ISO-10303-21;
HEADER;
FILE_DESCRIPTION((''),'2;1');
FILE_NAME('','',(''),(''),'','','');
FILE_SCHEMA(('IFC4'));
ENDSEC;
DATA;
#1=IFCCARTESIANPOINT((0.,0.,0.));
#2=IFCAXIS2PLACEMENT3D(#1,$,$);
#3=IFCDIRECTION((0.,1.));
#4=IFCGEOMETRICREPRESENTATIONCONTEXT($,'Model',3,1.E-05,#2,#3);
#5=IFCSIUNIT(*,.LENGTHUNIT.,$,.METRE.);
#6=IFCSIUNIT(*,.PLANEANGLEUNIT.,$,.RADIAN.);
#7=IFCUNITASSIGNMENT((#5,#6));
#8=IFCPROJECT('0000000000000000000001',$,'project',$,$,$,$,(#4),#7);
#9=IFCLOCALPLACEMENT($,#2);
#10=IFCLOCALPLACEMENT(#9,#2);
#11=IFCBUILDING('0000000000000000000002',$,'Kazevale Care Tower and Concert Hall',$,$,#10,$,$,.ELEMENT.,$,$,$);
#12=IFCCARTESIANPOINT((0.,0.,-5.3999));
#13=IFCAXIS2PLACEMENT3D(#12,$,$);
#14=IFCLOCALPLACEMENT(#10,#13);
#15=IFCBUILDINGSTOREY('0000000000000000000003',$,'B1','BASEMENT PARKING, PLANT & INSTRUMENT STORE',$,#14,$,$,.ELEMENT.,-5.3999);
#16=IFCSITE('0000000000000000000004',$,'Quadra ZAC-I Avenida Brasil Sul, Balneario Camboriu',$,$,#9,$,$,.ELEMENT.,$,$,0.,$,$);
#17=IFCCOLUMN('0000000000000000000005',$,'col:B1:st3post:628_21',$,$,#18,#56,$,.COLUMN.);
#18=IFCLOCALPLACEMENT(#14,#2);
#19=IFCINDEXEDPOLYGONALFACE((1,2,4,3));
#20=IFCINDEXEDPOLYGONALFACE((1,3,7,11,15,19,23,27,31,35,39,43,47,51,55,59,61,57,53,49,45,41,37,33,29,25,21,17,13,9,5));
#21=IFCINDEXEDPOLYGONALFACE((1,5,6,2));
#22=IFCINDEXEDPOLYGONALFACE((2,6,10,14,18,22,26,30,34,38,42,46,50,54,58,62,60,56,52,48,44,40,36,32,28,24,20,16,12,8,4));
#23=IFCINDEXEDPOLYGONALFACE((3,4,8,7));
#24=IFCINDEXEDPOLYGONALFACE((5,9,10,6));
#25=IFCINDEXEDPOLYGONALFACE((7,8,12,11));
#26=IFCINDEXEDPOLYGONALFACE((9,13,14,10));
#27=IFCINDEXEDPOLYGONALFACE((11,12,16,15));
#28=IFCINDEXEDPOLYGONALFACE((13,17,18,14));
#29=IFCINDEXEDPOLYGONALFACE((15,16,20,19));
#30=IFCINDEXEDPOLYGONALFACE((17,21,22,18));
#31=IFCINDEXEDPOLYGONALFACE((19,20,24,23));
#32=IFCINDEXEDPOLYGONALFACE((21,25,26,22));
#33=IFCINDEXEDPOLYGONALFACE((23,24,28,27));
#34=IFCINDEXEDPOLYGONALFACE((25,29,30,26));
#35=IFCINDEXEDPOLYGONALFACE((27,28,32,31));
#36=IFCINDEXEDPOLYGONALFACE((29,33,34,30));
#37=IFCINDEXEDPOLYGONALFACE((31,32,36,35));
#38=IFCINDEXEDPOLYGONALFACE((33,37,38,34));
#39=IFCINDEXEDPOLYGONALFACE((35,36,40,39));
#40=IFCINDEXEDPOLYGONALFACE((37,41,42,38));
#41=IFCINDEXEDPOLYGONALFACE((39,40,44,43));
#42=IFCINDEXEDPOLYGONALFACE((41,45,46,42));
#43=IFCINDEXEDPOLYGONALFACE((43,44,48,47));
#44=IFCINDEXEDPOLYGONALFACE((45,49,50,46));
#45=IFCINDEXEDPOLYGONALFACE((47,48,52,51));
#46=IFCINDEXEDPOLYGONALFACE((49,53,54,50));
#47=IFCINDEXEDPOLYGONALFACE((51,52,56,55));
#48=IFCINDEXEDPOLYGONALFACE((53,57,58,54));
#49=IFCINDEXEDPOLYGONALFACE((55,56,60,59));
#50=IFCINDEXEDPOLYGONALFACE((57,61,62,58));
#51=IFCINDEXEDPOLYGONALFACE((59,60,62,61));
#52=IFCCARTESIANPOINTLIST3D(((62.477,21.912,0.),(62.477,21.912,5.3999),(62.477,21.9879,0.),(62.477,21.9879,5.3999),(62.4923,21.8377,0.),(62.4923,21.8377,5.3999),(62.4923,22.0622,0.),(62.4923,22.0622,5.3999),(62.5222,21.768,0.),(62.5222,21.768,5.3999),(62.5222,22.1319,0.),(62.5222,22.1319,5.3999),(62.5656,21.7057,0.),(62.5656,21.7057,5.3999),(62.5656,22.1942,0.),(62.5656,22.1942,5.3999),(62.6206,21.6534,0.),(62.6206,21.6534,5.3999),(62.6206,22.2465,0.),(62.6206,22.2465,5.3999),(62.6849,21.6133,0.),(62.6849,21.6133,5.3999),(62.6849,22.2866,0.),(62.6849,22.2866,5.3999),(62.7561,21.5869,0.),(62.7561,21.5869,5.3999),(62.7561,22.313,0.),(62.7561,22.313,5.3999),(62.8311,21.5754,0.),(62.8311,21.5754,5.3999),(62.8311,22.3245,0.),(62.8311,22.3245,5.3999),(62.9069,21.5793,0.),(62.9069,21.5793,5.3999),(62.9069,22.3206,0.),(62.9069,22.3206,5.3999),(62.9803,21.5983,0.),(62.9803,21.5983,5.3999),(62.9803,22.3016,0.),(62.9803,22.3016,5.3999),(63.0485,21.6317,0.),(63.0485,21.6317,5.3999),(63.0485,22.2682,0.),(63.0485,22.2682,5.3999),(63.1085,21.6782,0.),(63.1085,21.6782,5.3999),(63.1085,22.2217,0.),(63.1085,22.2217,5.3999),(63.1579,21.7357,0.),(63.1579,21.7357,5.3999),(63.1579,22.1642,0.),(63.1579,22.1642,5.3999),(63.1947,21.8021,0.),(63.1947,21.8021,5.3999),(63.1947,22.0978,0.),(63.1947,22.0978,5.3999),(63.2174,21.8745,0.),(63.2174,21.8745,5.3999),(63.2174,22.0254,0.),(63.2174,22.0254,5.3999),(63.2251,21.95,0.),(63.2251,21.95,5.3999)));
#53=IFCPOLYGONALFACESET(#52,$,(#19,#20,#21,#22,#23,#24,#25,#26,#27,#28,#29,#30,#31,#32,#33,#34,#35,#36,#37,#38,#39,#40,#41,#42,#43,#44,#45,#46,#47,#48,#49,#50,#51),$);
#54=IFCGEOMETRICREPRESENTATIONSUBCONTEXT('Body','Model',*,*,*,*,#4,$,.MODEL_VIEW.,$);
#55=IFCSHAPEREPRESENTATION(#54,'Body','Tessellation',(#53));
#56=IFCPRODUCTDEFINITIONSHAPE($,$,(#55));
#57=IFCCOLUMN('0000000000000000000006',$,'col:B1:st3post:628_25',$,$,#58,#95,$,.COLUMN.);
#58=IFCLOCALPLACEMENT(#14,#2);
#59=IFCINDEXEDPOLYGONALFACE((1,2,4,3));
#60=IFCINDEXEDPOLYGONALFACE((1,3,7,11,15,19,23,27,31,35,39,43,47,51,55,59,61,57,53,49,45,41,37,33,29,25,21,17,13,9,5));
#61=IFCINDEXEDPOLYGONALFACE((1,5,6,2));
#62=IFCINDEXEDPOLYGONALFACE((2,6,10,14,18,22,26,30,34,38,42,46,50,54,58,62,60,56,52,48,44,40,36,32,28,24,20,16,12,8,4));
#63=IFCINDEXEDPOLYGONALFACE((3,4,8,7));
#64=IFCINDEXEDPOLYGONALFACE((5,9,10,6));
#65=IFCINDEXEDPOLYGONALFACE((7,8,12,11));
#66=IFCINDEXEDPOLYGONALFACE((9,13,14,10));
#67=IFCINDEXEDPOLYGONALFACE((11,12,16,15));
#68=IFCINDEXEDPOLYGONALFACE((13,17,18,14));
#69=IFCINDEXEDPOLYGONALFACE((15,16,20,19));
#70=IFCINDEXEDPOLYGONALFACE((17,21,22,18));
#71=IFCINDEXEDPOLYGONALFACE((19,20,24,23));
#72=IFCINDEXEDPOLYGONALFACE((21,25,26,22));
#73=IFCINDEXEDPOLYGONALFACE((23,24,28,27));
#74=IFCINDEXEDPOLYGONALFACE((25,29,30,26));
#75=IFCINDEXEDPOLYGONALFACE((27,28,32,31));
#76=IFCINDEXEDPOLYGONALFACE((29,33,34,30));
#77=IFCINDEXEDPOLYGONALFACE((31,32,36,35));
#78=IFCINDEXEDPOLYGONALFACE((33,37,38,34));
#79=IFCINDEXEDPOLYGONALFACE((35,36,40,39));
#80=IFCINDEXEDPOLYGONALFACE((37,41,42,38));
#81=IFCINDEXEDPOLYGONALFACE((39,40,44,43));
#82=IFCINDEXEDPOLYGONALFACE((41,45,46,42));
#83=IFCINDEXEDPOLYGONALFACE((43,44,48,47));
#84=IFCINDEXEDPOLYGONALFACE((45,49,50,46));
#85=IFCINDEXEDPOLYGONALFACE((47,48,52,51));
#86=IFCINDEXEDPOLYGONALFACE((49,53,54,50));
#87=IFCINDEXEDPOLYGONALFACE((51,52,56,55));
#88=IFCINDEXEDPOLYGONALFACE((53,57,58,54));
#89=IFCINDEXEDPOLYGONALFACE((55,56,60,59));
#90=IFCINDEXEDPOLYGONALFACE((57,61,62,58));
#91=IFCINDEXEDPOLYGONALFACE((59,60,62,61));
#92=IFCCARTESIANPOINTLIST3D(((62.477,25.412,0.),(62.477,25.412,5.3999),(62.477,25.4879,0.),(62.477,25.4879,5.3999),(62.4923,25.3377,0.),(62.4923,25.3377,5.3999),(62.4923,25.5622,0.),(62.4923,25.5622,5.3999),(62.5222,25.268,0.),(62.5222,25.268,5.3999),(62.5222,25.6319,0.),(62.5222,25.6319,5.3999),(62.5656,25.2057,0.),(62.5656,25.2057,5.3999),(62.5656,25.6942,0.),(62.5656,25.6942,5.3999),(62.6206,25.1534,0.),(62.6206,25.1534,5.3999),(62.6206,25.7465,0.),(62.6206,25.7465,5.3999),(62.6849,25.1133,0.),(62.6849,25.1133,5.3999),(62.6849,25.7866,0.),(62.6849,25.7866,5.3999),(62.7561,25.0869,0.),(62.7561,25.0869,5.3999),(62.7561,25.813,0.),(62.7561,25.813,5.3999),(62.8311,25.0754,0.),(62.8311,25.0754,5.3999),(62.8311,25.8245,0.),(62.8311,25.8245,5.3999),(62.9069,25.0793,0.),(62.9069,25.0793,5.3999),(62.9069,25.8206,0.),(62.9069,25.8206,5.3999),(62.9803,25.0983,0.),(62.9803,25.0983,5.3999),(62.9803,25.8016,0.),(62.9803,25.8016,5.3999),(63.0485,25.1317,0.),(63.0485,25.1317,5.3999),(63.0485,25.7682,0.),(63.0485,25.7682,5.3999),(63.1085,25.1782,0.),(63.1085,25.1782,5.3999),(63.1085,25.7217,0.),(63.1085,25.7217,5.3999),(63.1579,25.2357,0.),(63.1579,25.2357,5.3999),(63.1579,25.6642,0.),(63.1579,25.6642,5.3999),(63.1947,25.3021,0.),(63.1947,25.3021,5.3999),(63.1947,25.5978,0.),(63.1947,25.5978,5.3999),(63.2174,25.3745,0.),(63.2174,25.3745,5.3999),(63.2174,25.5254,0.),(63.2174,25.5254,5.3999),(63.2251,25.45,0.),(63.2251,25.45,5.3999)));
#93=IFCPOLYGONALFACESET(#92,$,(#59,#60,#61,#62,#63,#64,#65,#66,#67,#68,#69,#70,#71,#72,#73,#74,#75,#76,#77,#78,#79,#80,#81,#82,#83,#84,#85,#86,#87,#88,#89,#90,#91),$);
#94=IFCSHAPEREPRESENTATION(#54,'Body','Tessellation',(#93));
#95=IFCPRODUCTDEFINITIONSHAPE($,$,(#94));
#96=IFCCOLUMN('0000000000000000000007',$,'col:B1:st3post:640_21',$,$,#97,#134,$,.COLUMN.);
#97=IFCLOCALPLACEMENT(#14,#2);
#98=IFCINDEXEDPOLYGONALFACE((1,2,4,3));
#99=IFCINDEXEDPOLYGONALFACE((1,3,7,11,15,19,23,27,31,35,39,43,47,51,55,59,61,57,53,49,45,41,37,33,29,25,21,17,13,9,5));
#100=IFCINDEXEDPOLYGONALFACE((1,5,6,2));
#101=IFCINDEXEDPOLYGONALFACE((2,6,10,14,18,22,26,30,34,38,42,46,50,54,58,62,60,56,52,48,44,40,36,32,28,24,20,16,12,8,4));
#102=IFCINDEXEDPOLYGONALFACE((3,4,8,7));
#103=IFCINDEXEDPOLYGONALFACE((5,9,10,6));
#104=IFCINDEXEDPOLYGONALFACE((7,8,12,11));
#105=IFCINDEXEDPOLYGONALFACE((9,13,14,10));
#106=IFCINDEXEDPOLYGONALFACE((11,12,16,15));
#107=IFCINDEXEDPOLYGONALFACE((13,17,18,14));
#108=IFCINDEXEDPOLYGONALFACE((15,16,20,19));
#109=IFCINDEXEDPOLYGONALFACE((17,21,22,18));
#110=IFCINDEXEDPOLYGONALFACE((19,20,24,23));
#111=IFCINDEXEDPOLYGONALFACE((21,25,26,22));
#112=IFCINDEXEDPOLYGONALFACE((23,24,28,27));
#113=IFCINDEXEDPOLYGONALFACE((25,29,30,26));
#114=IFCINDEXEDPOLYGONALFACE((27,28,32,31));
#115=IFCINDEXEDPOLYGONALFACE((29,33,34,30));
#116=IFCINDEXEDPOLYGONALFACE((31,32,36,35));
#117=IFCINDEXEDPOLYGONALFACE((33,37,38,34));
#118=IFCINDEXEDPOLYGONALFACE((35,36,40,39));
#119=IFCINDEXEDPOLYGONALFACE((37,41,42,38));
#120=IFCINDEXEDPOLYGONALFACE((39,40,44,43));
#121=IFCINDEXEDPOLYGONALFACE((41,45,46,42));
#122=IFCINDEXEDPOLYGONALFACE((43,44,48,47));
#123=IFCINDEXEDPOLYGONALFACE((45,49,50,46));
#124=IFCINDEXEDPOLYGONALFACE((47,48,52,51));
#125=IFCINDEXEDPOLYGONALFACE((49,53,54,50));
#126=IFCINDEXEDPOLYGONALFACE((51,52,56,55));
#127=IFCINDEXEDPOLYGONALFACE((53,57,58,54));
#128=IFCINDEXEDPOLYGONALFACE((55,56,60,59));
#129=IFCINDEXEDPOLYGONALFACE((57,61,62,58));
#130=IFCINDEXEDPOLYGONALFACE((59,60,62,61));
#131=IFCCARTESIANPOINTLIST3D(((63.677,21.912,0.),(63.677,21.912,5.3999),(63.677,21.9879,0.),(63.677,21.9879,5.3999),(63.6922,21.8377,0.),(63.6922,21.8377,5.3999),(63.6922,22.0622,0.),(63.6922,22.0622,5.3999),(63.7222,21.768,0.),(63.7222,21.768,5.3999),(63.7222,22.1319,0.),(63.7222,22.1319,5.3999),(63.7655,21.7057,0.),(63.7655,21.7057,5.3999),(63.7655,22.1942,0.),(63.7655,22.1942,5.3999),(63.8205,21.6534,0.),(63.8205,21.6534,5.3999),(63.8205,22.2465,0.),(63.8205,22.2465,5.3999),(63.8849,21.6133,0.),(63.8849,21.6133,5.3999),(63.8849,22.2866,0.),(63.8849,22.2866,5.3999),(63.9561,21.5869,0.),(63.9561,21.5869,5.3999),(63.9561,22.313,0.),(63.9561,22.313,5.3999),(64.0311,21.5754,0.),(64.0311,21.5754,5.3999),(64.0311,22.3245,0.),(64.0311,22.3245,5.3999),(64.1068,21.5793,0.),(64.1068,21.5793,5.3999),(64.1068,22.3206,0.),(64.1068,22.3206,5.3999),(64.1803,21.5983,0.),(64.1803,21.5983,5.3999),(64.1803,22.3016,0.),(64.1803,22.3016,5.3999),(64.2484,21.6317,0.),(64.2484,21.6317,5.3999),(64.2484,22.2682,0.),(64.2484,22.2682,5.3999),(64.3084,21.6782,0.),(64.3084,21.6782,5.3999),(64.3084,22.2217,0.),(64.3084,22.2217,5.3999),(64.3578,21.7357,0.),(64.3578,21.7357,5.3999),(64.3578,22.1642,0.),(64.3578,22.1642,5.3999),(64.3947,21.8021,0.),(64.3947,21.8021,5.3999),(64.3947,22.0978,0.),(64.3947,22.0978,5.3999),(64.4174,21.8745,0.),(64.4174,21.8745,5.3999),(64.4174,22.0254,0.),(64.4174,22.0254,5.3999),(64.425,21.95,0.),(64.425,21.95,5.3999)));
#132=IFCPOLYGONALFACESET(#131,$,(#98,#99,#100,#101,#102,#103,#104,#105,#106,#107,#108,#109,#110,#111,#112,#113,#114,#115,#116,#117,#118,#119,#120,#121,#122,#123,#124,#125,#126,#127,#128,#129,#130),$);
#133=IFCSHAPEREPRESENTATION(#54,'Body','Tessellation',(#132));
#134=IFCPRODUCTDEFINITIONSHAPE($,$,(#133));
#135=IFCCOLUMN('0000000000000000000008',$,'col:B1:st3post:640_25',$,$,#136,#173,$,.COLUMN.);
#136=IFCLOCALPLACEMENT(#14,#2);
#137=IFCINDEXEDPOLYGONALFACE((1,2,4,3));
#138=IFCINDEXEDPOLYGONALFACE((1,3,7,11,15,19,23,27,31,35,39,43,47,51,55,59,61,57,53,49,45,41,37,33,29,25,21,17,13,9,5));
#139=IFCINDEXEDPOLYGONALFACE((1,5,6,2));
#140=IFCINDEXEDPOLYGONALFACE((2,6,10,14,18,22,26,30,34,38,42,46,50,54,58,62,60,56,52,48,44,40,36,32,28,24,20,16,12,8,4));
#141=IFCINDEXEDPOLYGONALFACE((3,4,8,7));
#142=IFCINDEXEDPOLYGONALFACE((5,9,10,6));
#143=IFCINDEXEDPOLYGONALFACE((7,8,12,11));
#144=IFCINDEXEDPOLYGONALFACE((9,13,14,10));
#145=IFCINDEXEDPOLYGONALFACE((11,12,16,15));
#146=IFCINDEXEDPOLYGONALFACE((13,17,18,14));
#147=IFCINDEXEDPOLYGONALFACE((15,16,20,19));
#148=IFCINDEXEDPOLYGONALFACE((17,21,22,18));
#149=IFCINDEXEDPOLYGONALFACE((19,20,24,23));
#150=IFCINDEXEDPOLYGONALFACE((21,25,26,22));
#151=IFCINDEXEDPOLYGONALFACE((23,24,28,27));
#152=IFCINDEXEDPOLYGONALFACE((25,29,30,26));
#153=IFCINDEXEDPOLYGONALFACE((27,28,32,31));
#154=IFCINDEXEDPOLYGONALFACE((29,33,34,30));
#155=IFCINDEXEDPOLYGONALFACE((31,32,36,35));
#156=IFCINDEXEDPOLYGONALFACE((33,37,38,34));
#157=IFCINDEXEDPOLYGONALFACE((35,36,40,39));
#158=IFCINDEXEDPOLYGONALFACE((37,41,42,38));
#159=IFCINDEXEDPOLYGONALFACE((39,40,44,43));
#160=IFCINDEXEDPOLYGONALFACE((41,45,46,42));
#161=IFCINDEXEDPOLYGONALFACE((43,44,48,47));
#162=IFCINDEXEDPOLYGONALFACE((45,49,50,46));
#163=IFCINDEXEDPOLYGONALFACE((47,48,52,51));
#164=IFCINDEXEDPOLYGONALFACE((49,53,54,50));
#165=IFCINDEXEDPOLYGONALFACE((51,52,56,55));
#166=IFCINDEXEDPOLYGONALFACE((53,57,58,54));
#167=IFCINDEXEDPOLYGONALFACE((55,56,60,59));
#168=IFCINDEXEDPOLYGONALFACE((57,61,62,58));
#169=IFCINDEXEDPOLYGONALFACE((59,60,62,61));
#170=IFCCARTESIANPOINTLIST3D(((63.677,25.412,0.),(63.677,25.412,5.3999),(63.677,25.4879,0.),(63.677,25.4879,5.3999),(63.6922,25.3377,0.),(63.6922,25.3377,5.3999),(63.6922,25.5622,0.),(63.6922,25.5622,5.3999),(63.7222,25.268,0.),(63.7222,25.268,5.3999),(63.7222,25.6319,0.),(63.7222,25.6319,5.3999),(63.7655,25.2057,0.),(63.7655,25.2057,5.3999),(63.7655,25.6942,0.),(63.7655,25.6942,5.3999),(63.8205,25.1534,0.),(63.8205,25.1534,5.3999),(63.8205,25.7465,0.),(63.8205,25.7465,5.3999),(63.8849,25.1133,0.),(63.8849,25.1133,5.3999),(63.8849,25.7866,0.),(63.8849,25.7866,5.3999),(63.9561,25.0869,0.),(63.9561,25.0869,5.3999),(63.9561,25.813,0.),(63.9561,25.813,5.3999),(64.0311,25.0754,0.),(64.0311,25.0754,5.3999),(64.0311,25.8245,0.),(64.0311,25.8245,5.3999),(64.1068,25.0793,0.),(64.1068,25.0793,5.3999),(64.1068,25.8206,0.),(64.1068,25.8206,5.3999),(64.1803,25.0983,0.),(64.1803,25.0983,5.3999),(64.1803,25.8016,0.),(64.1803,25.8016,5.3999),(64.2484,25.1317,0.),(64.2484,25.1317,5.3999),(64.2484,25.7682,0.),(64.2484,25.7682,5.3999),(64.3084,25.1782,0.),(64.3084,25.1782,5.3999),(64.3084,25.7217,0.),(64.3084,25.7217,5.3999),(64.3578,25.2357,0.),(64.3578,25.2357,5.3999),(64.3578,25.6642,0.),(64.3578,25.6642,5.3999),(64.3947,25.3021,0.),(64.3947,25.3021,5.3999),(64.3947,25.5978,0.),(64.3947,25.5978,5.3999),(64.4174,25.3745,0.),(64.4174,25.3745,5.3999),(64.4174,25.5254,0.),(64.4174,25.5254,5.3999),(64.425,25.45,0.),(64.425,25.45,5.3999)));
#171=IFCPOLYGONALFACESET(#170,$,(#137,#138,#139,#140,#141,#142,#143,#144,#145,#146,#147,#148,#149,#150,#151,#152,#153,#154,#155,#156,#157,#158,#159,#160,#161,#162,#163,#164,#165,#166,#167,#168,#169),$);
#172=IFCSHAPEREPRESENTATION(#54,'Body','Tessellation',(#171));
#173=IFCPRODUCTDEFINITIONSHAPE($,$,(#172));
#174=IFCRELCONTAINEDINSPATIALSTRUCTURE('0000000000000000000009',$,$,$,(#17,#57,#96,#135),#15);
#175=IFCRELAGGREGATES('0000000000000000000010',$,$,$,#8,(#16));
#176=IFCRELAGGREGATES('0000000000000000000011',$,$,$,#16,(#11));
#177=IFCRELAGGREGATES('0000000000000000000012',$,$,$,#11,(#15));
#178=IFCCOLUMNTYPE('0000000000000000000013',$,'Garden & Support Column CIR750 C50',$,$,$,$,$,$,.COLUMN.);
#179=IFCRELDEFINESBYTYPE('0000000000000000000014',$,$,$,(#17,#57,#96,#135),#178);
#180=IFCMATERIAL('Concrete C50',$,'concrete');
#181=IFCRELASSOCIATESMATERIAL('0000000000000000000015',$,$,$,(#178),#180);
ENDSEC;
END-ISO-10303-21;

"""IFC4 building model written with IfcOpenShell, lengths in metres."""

from ifc_helpers import new_model, si_unit, direction, frame, origin, origin_2d, place, context, subcontext, project, spatial, circle, extrude, material, material_profile, profile_set, type_object, element, save


model = new_model("IFC4")

# Units and contexts
model_context = context("Model", 3, precision=1e-05, world=origin(), true_north=direction((0.0, 1.0)))
body_context = subcontext(model_context, "Body", "Model", "MODEL_VIEW")
ifc_project = project(units=[si_unit("LENGTHUNIT", "METRE"), si_unit("PLANEANGLEUNIT", "RADIAN")], contexts=[model_context])

# Site, building, storey
site_placement = place(None, origin())
site = spatial("IfcSite", under=ifc_project, at=site_placement, Name="Quadra ZAC-I Avenida Brasil Sul, Balneario Camboriu", CompositionType="ELEMENT", RefElevation=0.0)
building_placement = place(site_placement, origin())
building = spatial("IfcBuilding", under=site, at=building_placement, Name="Kazevale Care Tower and Concert Hall", CompositionType="ELEMENT")
storey_placement = place(building_placement, frame((0.0, 0.0, -5.3999)))
storey = spatial("IfcBuildingStorey", under=building, at=storey_placement, Name="B1", Description="BASEMENT PARKING, PLANT & INSTRUMENT STORE", CompositionType="ELEMENT", Elevation=-5.3999)

# Columns
ifc_material_1 = material(Name="Concrete C50", Category="concrete")
ifc_material_profile_1 = material_profile(ifc_material_1, circle(Radius=0.375, at=origin_2d()), Name="RC-CIR750")
ifc_profile_set_1 = profile_set([ifc_material_profile_1], Name="Concrete C50")
column_type_1 = type_object("IfcColumnType", Name="Garden & Support Column CIR750 C50", PredefinedType="COLUMN", material=ifc_profile_set_1)
for number, where, z_axis, x_axis, name in (
    (1, (62.8501, 21.95, 0.0), (0.0, 0.0, 1.0), (1.0, 0.0, 0.0), "col:B1:st3post:628_21"),
    (2, (62.8501, 25.45, 0.0), (0.0, 0.0, 1.0), (1.0, 0.0, 0.0), "col:B1:st3post:628_25"),
    (3, (64.05, 21.95, 0.0), (0.0, 0.0, 1.0), (1.0, 0.0, 0.0), "col:B1:st3post:640_21"),
    (4, (64.05, 25.45, 0.0), (0.0, 0.0, 1.0), (1.0, 0.0, 0.0), "col:B1:st3post:640_25"),
):
    element("IfcColumn", number, at=place(storey_placement, frame(where, z_axis=z_axis, x_axis=x_axis)), inside=storey, type_object=column_type_1, Name=name, PredefinedType="COLUMN", context=body_context, shape_type="SweptSolid", body=[
        extrude(circle(Radius=0.375, at=origin_2d()), origin(), (0.0, 0.0, 1.0), 5.3999),
    ])

save(model, "model.ifc")
